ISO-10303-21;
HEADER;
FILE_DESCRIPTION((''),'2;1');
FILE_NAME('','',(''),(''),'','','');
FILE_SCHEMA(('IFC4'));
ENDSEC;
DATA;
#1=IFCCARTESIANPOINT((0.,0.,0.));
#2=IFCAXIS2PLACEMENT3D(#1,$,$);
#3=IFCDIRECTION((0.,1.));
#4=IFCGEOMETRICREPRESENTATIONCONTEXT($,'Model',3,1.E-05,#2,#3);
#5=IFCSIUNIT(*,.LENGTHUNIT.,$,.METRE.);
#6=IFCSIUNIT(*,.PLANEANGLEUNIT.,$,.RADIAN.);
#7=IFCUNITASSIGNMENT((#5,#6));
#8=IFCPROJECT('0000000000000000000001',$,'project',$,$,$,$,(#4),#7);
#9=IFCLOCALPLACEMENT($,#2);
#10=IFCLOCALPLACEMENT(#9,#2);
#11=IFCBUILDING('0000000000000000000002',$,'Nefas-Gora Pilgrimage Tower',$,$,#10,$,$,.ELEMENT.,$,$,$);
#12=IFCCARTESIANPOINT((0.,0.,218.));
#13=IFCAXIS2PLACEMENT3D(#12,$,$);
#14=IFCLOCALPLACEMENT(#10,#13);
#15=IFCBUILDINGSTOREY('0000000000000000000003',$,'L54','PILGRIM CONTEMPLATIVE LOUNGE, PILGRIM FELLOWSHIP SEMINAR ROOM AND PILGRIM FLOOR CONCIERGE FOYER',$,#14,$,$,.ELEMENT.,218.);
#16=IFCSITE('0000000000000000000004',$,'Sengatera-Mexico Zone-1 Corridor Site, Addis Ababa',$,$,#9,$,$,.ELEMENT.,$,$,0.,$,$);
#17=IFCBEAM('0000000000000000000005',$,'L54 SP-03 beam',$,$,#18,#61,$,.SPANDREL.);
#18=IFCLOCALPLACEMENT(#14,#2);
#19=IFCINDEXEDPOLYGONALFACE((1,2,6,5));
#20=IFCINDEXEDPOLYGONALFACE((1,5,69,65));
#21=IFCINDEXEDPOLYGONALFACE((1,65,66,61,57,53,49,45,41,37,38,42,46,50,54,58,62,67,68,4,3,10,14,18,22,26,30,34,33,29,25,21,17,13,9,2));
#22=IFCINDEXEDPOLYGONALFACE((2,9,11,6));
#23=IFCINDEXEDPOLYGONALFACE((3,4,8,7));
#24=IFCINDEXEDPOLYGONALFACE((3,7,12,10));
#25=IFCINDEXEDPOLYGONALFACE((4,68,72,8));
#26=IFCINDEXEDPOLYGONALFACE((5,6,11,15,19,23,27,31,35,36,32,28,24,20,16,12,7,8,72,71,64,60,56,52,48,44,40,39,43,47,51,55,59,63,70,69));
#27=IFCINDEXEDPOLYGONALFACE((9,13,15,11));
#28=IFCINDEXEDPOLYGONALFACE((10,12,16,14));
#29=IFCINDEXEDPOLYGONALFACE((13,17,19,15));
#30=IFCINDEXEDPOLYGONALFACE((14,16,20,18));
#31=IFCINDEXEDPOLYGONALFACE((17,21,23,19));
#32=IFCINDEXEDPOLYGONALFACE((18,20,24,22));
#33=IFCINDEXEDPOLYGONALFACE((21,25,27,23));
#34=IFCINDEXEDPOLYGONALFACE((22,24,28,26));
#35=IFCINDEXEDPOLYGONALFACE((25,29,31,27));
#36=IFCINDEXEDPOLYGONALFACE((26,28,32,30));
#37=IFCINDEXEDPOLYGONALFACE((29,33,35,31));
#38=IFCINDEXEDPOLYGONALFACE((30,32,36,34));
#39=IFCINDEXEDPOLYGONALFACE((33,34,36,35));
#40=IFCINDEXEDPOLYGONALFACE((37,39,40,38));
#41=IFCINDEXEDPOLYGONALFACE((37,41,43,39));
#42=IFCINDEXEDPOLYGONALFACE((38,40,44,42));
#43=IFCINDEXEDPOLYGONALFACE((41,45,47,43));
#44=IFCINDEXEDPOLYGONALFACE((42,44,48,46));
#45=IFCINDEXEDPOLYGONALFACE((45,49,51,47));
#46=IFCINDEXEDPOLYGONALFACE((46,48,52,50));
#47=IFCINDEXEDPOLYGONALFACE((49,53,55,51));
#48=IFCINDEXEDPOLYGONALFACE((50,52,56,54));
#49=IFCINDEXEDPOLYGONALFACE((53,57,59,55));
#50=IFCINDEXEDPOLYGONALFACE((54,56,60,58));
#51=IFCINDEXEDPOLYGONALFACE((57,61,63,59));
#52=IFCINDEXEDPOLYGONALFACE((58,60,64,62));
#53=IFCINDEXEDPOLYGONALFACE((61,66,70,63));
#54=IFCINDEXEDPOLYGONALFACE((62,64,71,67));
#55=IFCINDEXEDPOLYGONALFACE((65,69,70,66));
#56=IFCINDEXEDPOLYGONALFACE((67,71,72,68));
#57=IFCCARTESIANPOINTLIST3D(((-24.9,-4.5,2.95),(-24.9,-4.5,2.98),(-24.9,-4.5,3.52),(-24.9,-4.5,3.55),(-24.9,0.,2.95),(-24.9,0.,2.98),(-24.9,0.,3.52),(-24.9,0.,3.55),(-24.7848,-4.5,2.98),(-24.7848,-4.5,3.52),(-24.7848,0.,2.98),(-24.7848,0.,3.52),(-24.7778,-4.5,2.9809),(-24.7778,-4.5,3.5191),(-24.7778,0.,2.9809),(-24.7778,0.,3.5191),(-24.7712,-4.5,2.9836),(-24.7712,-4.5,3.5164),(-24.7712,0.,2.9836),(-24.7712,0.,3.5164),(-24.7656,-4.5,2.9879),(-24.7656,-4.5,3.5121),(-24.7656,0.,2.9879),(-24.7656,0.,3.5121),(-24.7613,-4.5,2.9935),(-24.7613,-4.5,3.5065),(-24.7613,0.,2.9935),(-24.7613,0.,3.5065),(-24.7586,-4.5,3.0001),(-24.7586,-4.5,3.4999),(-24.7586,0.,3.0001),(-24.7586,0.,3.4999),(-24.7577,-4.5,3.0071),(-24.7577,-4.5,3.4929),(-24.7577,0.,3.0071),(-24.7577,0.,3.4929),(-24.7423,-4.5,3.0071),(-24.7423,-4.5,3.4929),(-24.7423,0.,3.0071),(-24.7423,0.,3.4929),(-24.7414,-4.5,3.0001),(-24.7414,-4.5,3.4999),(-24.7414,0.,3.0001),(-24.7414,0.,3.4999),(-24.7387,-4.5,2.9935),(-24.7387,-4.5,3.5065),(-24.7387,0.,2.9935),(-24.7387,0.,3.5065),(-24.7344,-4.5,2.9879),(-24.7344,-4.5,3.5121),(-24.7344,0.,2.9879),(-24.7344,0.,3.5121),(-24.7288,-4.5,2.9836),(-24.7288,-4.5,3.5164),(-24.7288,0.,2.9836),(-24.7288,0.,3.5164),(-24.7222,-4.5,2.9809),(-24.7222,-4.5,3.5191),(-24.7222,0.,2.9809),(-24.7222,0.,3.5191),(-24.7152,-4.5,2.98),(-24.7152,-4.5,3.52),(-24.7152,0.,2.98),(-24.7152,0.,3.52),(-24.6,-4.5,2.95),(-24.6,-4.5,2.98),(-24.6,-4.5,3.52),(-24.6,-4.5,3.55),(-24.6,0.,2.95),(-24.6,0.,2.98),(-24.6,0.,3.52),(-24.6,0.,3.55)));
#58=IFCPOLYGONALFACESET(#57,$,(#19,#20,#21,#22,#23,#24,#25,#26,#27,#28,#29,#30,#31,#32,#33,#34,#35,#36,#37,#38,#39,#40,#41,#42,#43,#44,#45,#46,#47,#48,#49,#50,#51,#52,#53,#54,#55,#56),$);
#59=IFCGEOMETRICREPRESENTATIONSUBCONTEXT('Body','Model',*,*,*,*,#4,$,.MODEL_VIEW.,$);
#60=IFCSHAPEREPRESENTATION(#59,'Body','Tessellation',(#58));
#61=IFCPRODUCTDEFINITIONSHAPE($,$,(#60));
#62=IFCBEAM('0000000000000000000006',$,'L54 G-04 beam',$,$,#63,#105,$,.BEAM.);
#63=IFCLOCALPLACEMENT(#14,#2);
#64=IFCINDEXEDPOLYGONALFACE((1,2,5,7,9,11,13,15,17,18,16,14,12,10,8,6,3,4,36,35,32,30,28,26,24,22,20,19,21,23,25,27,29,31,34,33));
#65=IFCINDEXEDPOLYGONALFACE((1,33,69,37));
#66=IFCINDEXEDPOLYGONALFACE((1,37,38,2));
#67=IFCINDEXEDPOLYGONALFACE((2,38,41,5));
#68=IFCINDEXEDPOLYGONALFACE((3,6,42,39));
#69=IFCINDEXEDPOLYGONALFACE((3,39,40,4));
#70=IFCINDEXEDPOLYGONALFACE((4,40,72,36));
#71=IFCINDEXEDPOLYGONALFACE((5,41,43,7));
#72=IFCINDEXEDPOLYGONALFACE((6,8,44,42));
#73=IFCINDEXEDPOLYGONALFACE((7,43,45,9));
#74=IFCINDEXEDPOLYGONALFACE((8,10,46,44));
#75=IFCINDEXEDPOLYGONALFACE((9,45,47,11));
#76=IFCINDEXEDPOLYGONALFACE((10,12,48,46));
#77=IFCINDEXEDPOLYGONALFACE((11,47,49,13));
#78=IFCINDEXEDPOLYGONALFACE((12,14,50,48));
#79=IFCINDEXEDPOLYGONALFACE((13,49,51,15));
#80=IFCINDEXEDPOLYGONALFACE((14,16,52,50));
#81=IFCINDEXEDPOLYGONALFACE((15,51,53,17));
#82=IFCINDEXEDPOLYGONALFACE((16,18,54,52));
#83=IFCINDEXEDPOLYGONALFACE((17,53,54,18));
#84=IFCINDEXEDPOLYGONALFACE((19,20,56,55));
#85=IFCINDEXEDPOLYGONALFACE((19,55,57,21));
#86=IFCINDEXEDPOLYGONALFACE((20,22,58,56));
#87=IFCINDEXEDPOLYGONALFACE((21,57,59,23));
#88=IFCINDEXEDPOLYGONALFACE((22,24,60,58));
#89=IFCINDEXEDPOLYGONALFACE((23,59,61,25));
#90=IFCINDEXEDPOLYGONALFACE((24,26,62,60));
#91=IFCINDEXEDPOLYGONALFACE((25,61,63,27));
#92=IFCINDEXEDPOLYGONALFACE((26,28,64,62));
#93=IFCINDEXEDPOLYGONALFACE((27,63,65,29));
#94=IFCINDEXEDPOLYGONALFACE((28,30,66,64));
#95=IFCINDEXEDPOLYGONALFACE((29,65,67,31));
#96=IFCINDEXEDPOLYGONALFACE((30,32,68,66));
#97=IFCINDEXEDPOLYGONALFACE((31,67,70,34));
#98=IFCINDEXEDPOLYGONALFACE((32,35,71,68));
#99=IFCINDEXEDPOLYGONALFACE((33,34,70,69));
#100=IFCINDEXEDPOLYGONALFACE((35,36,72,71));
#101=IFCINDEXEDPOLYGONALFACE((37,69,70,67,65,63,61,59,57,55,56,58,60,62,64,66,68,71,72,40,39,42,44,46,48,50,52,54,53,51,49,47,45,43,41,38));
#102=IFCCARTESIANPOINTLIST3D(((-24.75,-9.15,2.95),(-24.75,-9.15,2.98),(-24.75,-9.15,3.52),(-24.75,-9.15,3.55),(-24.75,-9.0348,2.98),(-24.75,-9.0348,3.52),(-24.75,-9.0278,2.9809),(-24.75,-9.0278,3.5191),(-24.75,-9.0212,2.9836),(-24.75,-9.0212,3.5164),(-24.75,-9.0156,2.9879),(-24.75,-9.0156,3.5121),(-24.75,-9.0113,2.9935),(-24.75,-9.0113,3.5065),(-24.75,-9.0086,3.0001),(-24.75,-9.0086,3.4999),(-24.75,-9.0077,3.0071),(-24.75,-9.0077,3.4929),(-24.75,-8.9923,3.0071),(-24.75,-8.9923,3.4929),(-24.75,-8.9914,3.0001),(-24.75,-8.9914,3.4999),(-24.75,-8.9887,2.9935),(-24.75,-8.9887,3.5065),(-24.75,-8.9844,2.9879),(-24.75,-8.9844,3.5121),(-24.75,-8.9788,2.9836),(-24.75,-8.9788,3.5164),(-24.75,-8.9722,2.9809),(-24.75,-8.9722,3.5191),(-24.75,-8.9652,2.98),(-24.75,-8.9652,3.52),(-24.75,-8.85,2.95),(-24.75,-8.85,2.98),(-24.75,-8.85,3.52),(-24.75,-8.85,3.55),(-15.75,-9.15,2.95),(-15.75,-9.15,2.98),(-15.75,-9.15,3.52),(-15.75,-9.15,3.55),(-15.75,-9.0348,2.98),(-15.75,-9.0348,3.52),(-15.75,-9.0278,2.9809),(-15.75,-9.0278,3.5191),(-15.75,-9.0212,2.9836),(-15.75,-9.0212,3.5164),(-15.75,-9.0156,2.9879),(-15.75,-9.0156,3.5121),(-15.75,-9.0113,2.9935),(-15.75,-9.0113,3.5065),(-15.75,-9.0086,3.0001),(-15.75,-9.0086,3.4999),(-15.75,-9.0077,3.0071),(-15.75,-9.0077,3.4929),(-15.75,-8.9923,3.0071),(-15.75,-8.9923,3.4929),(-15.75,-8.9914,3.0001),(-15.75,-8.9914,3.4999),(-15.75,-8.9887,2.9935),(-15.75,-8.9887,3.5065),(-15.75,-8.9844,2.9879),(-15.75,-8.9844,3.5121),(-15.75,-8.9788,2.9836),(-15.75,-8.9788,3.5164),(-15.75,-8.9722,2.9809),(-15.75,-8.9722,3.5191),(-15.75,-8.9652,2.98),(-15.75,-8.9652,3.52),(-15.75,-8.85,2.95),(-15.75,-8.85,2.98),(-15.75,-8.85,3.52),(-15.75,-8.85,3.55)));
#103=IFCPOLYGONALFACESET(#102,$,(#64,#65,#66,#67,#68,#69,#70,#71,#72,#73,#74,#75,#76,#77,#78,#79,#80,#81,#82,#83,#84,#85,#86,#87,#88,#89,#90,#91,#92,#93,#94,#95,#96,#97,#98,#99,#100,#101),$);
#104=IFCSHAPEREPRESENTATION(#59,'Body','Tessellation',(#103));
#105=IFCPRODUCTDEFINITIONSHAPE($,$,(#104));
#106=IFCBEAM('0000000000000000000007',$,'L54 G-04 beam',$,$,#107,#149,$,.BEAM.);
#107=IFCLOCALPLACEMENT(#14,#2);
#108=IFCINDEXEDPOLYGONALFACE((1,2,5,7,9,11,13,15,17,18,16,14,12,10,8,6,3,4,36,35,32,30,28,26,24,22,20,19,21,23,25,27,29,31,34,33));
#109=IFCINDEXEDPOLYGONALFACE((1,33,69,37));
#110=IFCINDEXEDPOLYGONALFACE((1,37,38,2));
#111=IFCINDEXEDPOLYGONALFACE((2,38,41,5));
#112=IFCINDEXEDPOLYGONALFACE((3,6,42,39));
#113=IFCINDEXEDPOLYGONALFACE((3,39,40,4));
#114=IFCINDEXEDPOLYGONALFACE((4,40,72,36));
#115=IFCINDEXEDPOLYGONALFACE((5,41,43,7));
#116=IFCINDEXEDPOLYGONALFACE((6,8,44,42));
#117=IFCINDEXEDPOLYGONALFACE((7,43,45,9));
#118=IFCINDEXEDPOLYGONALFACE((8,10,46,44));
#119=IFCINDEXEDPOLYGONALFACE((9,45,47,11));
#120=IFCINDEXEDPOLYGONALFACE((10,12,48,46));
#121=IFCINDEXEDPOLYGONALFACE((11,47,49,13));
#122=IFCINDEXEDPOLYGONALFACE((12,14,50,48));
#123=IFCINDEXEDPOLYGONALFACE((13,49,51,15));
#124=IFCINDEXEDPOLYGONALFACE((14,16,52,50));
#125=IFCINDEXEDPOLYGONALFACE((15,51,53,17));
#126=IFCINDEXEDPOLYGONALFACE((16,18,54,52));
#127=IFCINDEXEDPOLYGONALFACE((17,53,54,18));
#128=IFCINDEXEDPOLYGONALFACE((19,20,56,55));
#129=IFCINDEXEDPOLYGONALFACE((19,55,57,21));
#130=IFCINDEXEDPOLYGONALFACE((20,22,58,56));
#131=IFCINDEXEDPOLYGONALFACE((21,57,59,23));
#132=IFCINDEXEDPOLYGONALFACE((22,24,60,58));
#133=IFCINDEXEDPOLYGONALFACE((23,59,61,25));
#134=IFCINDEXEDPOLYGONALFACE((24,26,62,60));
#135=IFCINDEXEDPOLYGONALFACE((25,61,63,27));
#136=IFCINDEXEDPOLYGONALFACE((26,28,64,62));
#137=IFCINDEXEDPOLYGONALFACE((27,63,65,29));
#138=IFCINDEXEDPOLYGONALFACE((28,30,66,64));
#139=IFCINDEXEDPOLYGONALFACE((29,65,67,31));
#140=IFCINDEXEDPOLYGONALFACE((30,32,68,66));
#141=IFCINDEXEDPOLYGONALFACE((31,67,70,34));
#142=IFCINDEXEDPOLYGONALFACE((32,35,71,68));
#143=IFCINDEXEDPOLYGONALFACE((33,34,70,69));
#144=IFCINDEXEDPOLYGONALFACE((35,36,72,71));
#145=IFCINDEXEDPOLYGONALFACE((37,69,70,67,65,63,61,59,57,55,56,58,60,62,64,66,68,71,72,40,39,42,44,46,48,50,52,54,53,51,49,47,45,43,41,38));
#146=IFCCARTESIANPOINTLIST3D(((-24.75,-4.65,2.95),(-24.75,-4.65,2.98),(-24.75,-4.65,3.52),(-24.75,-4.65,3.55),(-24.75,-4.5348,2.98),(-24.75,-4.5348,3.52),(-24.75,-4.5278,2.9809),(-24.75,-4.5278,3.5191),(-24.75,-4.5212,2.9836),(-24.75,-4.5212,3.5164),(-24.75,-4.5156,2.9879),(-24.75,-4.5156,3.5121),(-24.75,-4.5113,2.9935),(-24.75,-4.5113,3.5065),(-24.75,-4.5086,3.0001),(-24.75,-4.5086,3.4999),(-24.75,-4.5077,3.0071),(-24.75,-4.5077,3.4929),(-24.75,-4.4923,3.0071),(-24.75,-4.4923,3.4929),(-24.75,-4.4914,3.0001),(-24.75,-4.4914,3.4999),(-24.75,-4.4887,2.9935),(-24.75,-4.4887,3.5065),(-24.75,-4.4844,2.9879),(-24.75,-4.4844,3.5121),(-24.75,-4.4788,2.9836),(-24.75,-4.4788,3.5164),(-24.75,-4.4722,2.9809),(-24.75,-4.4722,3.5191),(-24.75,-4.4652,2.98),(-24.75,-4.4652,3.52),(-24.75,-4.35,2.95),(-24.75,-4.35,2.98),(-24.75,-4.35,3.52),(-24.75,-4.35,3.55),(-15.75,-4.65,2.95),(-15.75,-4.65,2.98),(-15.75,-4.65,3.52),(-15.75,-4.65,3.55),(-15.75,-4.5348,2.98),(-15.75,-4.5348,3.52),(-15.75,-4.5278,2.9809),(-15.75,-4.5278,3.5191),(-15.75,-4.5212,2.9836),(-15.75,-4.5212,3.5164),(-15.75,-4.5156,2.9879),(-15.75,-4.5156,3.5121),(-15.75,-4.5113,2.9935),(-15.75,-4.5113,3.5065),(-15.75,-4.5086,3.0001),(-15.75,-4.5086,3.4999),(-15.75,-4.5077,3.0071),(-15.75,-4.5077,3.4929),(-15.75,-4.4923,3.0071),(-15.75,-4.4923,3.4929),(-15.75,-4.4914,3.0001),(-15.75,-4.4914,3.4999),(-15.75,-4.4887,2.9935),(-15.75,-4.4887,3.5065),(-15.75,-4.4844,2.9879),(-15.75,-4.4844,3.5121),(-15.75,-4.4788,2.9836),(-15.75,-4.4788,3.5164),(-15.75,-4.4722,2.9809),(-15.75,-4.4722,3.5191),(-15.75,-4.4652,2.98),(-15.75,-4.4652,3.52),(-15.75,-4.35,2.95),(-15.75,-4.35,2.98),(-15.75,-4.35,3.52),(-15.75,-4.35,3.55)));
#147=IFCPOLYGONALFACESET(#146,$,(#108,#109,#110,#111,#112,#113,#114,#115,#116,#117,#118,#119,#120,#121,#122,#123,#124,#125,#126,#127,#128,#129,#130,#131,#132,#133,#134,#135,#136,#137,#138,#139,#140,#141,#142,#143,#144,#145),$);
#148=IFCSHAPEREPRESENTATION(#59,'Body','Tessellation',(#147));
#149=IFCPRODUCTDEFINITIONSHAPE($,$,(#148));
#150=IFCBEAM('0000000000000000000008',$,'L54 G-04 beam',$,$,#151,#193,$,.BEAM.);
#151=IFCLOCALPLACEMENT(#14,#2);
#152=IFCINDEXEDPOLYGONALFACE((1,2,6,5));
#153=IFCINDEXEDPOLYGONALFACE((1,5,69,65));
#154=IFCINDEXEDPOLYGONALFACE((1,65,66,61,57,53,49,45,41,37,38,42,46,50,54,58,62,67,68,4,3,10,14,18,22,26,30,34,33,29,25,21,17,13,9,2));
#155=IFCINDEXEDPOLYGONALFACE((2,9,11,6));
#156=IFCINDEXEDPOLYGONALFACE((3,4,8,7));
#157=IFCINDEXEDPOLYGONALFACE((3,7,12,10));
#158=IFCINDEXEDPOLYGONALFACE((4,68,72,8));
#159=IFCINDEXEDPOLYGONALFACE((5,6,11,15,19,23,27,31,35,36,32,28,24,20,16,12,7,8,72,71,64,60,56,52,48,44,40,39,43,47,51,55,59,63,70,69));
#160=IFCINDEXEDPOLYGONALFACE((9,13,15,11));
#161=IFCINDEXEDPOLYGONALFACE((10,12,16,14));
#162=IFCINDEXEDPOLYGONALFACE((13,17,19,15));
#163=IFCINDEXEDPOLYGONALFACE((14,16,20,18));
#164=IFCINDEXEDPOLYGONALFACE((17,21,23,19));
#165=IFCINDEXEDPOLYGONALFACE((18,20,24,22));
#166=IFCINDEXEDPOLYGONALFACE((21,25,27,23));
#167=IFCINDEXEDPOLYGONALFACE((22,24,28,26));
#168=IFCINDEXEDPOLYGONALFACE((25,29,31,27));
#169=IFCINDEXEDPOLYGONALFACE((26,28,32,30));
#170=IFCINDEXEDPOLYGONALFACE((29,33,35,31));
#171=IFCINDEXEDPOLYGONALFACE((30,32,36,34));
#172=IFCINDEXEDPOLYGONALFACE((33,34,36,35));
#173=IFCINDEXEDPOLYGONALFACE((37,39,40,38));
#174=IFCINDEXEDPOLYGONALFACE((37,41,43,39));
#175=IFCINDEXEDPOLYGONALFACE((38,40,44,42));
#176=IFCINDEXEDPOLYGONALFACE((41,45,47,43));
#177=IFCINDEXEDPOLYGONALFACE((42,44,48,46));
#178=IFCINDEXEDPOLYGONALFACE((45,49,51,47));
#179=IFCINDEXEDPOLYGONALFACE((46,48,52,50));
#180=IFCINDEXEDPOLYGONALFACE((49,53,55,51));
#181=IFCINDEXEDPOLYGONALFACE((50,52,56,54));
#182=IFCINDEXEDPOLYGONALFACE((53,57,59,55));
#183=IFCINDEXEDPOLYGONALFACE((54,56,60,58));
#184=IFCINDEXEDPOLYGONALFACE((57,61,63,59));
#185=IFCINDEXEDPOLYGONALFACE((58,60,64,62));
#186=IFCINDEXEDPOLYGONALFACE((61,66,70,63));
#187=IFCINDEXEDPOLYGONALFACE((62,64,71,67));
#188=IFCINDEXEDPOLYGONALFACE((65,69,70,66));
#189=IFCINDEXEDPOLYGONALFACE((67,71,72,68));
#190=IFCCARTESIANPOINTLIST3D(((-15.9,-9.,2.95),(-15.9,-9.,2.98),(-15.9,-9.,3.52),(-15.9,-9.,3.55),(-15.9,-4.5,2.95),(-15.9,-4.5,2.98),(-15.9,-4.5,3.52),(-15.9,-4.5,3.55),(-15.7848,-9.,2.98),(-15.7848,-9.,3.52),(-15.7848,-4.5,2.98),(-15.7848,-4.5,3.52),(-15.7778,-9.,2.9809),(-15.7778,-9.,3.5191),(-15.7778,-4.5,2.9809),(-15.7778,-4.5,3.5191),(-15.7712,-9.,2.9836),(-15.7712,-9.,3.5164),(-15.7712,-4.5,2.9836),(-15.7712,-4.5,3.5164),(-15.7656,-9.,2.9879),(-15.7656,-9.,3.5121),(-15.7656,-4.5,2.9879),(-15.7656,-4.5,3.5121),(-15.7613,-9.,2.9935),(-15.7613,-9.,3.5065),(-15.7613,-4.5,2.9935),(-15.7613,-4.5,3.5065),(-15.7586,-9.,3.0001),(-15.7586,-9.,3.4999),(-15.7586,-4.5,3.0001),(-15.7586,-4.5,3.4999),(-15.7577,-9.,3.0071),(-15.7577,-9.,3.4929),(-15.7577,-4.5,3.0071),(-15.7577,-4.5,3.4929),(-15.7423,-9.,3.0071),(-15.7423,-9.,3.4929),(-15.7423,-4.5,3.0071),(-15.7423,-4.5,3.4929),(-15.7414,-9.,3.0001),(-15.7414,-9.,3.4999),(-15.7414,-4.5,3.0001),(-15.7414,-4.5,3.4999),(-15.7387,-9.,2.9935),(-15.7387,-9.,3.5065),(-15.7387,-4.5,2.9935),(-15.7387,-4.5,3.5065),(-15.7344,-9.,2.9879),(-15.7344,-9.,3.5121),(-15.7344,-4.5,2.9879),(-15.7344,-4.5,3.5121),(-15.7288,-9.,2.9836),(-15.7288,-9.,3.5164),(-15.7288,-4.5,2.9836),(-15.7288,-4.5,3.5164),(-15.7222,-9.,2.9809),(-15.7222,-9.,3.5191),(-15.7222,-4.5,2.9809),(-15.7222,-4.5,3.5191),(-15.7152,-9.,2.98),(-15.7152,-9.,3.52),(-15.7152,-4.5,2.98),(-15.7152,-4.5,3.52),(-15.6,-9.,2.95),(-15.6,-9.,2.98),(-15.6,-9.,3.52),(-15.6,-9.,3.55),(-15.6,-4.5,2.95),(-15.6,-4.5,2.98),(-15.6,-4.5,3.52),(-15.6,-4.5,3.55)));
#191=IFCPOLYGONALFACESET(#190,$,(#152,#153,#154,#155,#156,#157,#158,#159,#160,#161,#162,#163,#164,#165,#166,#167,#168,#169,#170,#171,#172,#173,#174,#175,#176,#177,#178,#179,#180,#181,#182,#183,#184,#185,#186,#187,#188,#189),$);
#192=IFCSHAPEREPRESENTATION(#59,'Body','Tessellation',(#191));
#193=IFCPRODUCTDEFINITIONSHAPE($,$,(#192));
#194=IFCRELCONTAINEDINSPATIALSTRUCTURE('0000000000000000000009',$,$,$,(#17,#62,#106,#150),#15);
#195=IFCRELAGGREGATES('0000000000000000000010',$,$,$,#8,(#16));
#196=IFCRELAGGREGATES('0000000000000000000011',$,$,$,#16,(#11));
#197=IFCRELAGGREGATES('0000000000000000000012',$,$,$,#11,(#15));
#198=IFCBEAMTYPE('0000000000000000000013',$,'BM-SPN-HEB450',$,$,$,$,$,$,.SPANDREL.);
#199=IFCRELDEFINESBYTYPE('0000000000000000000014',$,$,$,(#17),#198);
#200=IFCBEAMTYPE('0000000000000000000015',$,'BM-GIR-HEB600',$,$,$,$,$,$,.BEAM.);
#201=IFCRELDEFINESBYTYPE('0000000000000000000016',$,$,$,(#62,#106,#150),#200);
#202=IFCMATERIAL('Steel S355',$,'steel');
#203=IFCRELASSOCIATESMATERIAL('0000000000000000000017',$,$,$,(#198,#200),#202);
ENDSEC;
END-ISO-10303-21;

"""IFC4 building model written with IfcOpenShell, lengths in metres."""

from ifc_helpers import new_model, si_unit, direction, frame, origin, origin_2d, place, context, subcontext, project, spatial, i_section, extrude, source, transform, mapped, material, material_profile, profile_set, type_object, element, save


model = new_model("IFC4")

# Units and contexts
model_context = context("Model", 3, precision=1e-05, world=origin(), true_north=direction((0.0, 1.0)))
body_context = subcontext(model_context, "Body", "Model", "MODEL_VIEW")
ifc_project = project(units=[si_unit("LENGTHUNIT", "METRE"), si_unit("PLANEANGLEUNIT", "RADIAN")], contexts=[model_context])

# Site, building, storey
site_placement = place(None, origin())
site = spatial("IfcSite", under=ifc_project, at=site_placement, Name="Sengatera-Mexico Zone-1 Corridor Site, Addis Ababa", CompositionType="ELEMENT", RefElevation=0.0)
building_placement = place(site_placement, origin())
building = spatial("IfcBuilding", under=site, at=building_placement, Name="Nefas-Gora Pilgrimage Tower", CompositionType="ELEMENT")
storey_placement = place(building_placement, frame((0.0, 0.0, 218.0)))
storey = spatial("IfcBuildingStorey", under=building, at=storey_placement, Name="L54", Description="PILGRIM CONTEMPLATIVE LOUNGE, PILGRIM FELLOWSHIP SEMINAR ROOM AND PILGRIM FLOOR CONCIERGE FOYER", CompositionType="ELEMENT", Elevation=218.0)

# Beams
ifc_material_1 = material(Name="Steel S355", Category="steel")
ifc_material_profile_1 = material_profile(ifc_material_1, i_section(OverallWidth=0.3, OverallDepth=0.6001, WebThickness=0.0154, FlangeThickness=0.03, FilletRadius=0.0271, at=origin_2d()), Name="HEB 600")
ifc_profile_set_1 = profile_set([ifc_material_profile_1], Name="Steel S355")
beam_type_1 = type_object("IfcBeamType", Name="BM-SPN-HEB450", PredefinedType="SPANDREL", material=ifc_profile_set_1)
shared_shape_1 = source(origin(), body_context, "Body", "SweptSolid", [
    extrude(i_section(OverallWidth=0.3, OverallDepth=0.6001, WebThickness=0.0154, FlangeThickness=0.03, FilletRadius=0.0271, at=origin_2d()), origin(), (0.0, 0.0, 1.0), 4.5),
])
for number, where, z_axis, x_axis, name in (
    (1, (-24.75, -4.5, 3.25), (0.0, 1.0, 0.0), (-1.0, 0.0, 0.0), "L54 SP-03 beam"),
):
    element("IfcBeam", number, at=place(storey_placement, frame(where, z_axis=z_axis, x_axis=x_axis)), inside=storey, type_object=beam_type_1, Name=name, PredefinedType="SPANDREL", context=body_context, shape_type="MappedRepresentation", body=[
        mapped(shared_shape_1, transform((0.0, 0.0, 0.0), x_axis=(1.0, 0.0, 0.0), y_axis=(0.0, 1.0, 0.0), z_axis=(0.0, 0.0, 1.0), scale=1.0)),
    ])
ifc_material_profile_2 = material_profile(ifc_material_1, i_section(OverallWidth=0.3, OverallDepth=0.6001, WebThickness=0.0154, FlangeThickness=0.03, FilletRadius=0.0271, at=origin_2d()), Name="HEB 600")
ifc_profile_set_2 = profile_set([ifc_material_profile_2], Name="Steel S355")
beam_type_2 = type_object("IfcBeamType", Name="BM-GIR-HEB600", PredefinedType="BEAM", material=ifc_profile_set_2)
shared_shape_2 = source(origin(), body_context, "Body", "SweptSolid", [
    extrude(i_section(OverallWidth=0.3, OverallDepth=0.6001, WebThickness=0.0154, FlangeThickness=0.03, FilletRadius=0.0271, at=origin_2d()), origin(), (0.0, 0.0, 1.0), 9.0),
])
for number, where, z_axis, x_axis, name in (
    (2, (-24.75, -9.0, 3.25), (1.0, 0.0, 0.0), (0.0, 1.0, 0.0), "L54 G-04 beam"),
    (3, (-24.75, -4.5, 3.25), (1.0, 0.0, 0.0), (0.0, 1.0, 0.0), "L54 G-04 beam"),
):
    element("IfcBeam", number, at=place(storey_placement, frame(where, z_axis=z_axis, x_axis=x_axis)), inside=storey, type_object=beam_type_2, Name=name, PredefinedType="BEAM", context=body_context, shape_type="MappedRepresentation", body=[
        mapped(shared_shape_2, transform((0.0, 0.0, 0.0), x_axis=(1.0, 0.0, 0.0), y_axis=(0.0, 1.0, 0.0), z_axis=(0.0, 0.0, 1.0), scale=1.0)),
    ])
shared_shape_3 = source(origin(), body_context, "Body", "SweptSolid", [
    extrude(i_section(OverallWidth=0.3, OverallDepth=0.6001, WebThickness=0.0154, FlangeThickness=0.03, FilletRadius=0.0271, at=origin_2d()), origin(), (0.0, 0.0, 1.0), 4.5),
])
for number, where, z_axis, x_axis, name in (
    (4, (-15.75, -9.0, 3.25), (0.0, 1.0, 0.0), (-1.0, 0.0, 0.0), "L54 G-04 beam"),
):
    element("IfcBeam", number, at=place(storey_placement, frame(where, z_axis=z_axis, x_axis=x_axis)), inside=storey, type_object=beam_type_2, Name=name, PredefinedType="BEAM", context=body_context, shape_type="MappedRepresentation", body=[
        mapped(shared_shape_3, transform((0.0, 0.0, 0.0), x_axis=(1.0, 0.0, 0.0), y_axis=(0.0, 1.0, 0.0), z_axis=(0.0, 0.0, 1.0), scale=1.0)),
    ])

save(model, "model.ifc")
